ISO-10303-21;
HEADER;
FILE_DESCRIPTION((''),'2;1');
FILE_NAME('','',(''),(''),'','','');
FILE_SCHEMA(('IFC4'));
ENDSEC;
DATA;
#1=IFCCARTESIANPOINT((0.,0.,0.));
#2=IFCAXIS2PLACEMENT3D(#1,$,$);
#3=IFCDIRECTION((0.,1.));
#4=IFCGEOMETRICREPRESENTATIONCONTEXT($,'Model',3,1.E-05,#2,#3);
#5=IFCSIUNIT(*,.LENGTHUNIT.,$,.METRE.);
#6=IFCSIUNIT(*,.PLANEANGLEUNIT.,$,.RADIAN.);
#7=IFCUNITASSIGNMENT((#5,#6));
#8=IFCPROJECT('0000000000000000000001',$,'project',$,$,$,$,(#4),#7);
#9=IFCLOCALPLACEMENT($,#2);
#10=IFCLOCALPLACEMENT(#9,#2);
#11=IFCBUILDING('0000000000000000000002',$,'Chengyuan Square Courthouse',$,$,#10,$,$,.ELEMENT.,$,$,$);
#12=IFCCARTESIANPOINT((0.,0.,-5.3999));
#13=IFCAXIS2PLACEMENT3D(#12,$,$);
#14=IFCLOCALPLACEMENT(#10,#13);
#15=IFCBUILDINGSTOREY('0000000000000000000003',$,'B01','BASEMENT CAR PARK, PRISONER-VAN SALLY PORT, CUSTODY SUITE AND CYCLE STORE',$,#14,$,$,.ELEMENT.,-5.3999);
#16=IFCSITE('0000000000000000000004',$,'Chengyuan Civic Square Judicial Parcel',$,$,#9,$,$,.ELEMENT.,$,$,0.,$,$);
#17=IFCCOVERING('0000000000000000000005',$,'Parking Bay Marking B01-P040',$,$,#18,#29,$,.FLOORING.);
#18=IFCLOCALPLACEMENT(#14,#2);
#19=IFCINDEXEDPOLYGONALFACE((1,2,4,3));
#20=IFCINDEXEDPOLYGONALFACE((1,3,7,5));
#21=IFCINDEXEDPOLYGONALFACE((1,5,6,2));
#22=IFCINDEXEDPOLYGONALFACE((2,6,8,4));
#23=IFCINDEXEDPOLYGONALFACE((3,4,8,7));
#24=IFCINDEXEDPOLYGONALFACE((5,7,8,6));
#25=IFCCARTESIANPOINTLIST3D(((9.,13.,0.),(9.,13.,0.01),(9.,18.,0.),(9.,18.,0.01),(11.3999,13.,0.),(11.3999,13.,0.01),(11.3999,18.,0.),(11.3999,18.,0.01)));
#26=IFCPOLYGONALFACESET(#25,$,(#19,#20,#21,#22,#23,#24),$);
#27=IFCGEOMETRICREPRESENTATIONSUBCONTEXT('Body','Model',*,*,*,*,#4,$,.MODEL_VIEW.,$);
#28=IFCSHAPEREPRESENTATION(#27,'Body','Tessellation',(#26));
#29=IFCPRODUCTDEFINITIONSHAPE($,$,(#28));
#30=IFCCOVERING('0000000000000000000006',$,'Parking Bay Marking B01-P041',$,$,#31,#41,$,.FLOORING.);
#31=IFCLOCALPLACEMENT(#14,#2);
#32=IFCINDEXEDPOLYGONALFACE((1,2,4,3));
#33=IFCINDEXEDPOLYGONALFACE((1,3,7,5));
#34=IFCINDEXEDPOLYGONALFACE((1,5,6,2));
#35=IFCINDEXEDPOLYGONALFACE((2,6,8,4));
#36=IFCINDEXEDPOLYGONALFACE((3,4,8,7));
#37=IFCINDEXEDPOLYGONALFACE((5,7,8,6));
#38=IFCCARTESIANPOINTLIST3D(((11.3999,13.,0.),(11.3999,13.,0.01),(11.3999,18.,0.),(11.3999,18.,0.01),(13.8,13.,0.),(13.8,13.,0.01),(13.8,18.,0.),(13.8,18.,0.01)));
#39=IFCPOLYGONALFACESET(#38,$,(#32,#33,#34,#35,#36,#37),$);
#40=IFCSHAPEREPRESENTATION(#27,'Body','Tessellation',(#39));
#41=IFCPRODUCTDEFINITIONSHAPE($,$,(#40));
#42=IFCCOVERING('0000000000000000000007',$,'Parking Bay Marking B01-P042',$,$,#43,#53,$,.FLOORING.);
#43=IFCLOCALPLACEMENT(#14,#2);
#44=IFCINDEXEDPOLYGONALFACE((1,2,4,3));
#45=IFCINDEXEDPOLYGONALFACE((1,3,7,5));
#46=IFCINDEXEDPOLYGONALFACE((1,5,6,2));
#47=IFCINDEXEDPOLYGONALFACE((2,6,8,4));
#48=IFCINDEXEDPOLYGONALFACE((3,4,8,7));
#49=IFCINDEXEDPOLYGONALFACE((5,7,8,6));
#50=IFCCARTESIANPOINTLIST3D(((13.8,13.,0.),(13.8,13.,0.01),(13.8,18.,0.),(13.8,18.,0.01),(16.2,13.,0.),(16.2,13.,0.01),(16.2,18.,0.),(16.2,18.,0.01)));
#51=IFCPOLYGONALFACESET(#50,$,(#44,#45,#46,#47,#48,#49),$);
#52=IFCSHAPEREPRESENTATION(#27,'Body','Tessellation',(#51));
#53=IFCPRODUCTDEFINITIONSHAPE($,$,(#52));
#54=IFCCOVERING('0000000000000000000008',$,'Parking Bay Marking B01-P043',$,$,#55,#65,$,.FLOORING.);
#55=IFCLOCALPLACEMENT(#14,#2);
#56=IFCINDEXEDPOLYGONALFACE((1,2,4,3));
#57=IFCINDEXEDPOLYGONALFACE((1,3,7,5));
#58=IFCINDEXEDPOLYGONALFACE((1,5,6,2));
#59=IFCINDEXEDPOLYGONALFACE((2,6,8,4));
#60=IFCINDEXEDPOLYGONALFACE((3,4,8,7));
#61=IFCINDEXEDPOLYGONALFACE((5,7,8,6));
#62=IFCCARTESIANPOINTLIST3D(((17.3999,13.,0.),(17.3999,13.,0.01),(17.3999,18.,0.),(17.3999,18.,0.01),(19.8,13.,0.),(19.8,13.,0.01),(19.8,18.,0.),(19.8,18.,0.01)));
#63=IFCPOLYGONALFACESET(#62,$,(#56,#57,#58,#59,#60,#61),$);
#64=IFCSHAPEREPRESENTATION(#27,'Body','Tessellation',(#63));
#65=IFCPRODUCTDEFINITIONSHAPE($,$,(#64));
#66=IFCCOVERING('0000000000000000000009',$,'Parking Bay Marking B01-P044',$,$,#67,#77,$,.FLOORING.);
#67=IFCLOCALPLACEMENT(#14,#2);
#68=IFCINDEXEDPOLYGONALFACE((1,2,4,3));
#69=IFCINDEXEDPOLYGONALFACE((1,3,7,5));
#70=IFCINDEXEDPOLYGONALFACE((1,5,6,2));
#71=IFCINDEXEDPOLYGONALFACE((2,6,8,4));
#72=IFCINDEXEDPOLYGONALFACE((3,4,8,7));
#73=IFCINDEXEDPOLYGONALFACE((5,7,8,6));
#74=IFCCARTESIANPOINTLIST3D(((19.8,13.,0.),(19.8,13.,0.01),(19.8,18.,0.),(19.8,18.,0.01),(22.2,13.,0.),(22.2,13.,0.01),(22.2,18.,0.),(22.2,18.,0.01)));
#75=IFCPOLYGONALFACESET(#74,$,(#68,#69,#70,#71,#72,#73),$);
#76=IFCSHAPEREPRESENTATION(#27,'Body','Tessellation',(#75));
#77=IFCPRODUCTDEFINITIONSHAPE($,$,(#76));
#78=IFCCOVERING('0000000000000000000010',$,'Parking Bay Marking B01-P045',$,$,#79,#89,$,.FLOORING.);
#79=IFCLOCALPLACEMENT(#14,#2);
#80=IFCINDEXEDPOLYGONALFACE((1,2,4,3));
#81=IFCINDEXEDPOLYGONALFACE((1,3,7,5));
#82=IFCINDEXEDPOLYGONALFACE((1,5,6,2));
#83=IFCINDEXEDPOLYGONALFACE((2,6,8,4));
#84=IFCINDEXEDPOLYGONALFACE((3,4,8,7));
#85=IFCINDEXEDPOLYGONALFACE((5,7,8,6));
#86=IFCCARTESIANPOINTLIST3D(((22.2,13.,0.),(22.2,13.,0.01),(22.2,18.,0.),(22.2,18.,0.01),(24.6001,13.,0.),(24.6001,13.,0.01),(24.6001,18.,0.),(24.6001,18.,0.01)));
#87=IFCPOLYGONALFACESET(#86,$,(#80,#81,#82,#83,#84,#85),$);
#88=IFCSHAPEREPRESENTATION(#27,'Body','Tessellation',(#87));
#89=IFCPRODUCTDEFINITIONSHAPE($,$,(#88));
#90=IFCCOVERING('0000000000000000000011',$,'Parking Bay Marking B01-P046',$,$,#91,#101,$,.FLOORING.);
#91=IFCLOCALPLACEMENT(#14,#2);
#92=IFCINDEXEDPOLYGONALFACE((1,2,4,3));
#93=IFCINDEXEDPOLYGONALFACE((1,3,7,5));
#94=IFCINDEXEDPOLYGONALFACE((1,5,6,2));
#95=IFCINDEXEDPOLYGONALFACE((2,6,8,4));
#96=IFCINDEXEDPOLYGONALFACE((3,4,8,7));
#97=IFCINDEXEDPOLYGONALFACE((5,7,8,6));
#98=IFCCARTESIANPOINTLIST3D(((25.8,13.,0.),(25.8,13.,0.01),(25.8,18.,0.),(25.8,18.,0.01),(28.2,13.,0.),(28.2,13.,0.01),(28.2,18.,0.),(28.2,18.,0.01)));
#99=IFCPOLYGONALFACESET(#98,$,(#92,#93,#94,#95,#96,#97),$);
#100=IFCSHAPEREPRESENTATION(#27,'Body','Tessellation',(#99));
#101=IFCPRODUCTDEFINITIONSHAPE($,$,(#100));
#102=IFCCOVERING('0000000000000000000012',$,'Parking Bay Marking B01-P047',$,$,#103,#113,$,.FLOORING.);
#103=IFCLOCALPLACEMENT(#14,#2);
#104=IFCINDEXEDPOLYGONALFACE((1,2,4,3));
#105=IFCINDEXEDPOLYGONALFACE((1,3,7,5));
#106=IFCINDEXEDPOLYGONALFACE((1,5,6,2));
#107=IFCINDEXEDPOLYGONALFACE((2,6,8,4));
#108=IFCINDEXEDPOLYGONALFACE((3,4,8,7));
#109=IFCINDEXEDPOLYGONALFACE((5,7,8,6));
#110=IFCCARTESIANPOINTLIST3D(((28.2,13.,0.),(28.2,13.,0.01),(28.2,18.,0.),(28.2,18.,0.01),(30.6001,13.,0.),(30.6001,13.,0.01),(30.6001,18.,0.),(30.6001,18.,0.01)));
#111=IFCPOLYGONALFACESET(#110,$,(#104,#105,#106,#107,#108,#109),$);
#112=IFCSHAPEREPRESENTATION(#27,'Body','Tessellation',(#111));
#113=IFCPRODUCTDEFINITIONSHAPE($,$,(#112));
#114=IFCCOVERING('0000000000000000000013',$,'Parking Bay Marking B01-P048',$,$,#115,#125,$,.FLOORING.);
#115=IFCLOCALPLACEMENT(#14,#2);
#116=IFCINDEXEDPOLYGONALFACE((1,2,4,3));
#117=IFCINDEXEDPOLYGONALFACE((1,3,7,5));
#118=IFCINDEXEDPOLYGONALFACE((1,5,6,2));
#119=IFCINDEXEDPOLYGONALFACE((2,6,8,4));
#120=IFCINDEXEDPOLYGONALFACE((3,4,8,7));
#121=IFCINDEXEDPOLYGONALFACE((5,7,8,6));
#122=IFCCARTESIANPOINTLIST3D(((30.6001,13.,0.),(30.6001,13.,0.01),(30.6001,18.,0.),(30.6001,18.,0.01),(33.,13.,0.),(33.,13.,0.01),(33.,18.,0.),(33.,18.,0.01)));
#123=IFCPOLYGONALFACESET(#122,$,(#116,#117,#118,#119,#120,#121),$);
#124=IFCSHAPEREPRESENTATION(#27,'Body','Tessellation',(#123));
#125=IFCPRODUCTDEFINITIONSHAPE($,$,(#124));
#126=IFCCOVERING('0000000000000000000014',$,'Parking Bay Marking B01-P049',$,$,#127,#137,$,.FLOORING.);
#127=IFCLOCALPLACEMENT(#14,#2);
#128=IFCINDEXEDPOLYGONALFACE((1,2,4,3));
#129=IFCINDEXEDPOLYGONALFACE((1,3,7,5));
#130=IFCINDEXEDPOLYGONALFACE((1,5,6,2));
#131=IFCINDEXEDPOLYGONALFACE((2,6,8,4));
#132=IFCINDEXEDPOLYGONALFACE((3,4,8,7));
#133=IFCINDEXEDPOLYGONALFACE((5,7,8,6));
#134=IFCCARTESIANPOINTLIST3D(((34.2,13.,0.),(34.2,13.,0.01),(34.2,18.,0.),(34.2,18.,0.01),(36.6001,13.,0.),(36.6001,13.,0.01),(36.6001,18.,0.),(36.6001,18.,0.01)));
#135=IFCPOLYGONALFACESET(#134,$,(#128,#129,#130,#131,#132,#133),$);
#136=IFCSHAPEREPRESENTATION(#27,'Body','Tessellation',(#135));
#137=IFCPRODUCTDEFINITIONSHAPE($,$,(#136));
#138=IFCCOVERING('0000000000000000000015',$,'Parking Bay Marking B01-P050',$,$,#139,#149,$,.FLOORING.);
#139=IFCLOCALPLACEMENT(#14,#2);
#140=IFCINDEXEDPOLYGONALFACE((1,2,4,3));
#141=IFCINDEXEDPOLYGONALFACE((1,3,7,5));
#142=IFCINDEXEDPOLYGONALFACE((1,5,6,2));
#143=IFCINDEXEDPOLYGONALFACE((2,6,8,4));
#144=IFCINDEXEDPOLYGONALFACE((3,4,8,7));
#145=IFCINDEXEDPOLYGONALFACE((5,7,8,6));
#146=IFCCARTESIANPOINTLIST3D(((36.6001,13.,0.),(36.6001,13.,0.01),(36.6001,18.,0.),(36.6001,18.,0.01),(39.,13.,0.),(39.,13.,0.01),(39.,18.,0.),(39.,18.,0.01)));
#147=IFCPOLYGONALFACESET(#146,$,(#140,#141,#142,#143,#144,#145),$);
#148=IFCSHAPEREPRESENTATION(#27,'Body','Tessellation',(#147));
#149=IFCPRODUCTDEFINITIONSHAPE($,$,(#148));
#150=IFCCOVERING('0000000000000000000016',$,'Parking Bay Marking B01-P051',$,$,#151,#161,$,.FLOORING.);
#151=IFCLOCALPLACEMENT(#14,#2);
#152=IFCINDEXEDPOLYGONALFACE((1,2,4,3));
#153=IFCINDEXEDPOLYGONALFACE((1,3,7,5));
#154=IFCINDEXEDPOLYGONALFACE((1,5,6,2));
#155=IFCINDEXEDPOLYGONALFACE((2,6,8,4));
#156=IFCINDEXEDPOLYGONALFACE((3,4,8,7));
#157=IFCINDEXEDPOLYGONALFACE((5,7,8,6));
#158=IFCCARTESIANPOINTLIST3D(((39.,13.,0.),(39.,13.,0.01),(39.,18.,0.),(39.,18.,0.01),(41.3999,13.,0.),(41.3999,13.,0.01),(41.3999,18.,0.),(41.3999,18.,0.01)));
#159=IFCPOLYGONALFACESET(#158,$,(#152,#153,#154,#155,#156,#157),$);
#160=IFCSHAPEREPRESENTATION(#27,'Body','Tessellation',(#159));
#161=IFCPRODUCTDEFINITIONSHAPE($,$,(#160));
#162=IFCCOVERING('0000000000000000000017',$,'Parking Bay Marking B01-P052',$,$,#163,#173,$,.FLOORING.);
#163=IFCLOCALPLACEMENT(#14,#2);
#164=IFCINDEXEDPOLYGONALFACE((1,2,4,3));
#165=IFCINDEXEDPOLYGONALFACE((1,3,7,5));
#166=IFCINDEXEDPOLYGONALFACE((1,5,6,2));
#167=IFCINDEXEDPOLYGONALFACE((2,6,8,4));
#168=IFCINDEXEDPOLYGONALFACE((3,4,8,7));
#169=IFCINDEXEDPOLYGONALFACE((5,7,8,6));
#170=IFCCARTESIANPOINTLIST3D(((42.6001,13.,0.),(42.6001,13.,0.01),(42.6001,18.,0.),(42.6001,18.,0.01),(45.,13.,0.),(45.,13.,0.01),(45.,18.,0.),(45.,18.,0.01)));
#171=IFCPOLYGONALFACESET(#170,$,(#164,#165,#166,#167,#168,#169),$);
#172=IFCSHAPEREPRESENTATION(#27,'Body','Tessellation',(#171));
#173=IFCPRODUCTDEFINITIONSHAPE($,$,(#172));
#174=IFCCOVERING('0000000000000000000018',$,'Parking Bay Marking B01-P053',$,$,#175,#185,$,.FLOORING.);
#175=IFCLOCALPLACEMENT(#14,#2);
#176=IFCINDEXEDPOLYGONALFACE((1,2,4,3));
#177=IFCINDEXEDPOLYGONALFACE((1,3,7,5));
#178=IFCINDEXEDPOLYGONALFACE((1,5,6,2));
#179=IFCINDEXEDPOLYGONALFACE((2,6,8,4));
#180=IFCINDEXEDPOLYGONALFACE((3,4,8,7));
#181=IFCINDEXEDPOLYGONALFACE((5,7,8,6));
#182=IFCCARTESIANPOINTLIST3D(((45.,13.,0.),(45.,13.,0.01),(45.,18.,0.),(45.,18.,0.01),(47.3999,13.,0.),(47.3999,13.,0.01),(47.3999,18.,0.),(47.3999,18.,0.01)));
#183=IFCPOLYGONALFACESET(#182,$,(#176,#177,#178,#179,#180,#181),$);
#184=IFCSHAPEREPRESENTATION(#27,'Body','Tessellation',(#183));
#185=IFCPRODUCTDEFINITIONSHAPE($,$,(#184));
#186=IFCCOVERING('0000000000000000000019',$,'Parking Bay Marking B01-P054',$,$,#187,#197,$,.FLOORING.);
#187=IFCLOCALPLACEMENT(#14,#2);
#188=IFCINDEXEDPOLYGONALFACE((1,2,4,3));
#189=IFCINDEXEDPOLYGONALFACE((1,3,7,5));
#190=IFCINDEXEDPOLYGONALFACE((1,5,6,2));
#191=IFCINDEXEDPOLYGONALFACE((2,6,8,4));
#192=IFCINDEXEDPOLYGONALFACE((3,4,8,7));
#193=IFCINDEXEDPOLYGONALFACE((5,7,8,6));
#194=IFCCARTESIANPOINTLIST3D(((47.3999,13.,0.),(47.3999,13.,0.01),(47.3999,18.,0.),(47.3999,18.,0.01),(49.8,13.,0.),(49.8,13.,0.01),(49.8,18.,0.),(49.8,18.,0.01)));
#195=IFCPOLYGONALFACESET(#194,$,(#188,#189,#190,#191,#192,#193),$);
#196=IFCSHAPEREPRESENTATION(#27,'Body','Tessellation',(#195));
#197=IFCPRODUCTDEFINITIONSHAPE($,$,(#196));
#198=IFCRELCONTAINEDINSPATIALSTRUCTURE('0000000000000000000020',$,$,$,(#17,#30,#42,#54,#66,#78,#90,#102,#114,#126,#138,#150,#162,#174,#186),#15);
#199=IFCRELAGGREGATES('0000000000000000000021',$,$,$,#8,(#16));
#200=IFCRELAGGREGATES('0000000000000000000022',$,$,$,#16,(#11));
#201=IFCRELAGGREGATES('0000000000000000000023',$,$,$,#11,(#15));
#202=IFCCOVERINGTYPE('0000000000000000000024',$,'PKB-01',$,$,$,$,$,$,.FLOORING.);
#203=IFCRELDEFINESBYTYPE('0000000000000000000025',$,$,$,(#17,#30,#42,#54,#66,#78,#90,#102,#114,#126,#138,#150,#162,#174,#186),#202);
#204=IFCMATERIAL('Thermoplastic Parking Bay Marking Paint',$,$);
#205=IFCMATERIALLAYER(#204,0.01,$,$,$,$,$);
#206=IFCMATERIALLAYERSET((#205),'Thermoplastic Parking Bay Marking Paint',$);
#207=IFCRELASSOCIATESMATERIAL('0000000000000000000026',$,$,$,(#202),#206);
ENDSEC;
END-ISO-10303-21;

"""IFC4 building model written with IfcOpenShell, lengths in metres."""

from ifc_helpers import new_model, si_unit, direction, frame, origin, place, context, subcontext, project, spatial, polyline, outline, extrude, material, layer, layer_set, type_object, element, save


model = new_model("IFC4")

# Units and contexts
model_context = context("Model", 3, precision=1e-05, world=origin(), true_north=direction((0.0, 1.0)))
body_context = subcontext(model_context, "Body", "Model", "MODEL_VIEW")
ifc_project = project(units=[si_unit("LENGTHUNIT", "METRE"), si_unit("PLANEANGLEUNIT", "RADIAN")], contexts=[model_context])

# Site, building, storey
site_placement = place(None, origin())
site = spatial("IfcSite", under=ifc_project, at=site_placement, Name="Chengyuan Civic Square Judicial Parcel", CompositionType="ELEMENT", RefElevation=0.0)
building_placement = place(site_placement, origin())
building = spatial("IfcBuilding", under=site, at=building_placement, Name="Chengyuan Square Courthouse", CompositionType="ELEMENT")
storey_placement = place(building_placement, frame((0.0, 0.0, -5.3999)))
storey = spatial("IfcBuildingStorey", under=building, at=storey_placement, Name="B01", Description="BASEMENT CAR PARK, PRISONER-VAN SALLY PORT, CUSTODY SUITE AND CYCLE STORE", CompositionType="ELEMENT", Elevation=-5.3999)

# Coverings
ifc_material = material(Name="Thermoplastic Parking Bay Marking Paint")
ifc_layer = layer(ifc_material, 0.01)
ifc_layer_set = layer_set([ifc_layer], Name="Thermoplastic Parking Bay Marking Paint")
covering_type = type_object("IfcCoveringType", Name="PKB-01", PredefinedType="FLOORING", material=ifc_layer_set)
covering_1_placement = place(storey_placement, origin())
element("IfcCovering", 1, at=covering_1_placement, inside=storey, type_object=covering_type, Name="Parking Bay Marking B01-P040", PredefinedType="FLOORING", context=body_context, shape_type="SweptSolid", body=[
    extrude(outline(polyline([(9.0, 13.0), (11.3999, 13.0), (11.3999, 18.0), (9.0, 18.0), (9.0, 13.0)])), origin(), (0.0, 0.0, 1.0), 0.01),
])
covering_2_placement = place(storey_placement, origin())
element("IfcCovering", 2, at=covering_2_placement, inside=storey, type_object=covering_type, Name="Parking Bay Marking B01-P041", PredefinedType="FLOORING", context=body_context, shape_type="SweptSolid", body=[
    extrude(outline(polyline([(11.3999, 13.0), (13.8, 13.0), (13.8, 18.0), (11.3999, 18.0), (11.3999, 13.0)])), origin(), (0.0, 0.0, 1.0), 0.01),
])
covering_3_placement = place(storey_placement, origin())
element("IfcCovering", 3, at=covering_3_placement, inside=storey, type_object=covering_type, Name="Parking Bay Marking B01-P042", PredefinedType="FLOORING", context=body_context, shape_type="SweptSolid", body=[
    extrude(outline(polyline([(13.8, 13.0), (16.2, 13.0), (16.2, 18.0), (13.8, 18.0), (13.8, 13.0)])), origin(), (0.0, 0.0, 1.0), 0.01),
])
covering_4_placement = place(storey_placement, origin())
element("IfcCovering", 4, at=covering_4_placement, inside=storey, type_object=covering_type, Name="Parking Bay Marking B01-P043", PredefinedType="FLOORING", context=body_context, shape_type="SweptSolid", body=[
    extrude(outline(polyline([(17.3999, 13.0), (19.8, 13.0), (19.8, 18.0), (17.3999, 18.0), (17.3999, 13.0)])), origin(), (0.0, 0.0, 1.0), 0.01),
])
covering_5_placement = place(storey_placement, origin())
element("IfcCovering", 5, at=covering_5_placement, inside=storey, type_object=covering_type, Name="Parking Bay Marking B01-P044", PredefinedType="FLOORING", context=body_context, shape_type="SweptSolid", body=[
    extrude(outline(polyline([(19.8, 13.0), (22.2, 13.0), (22.2, 18.0), (19.8, 18.0), (19.8, 13.0)])), origin(), (0.0, 0.0, 1.0), 0.01),
])
covering_6_placement = place(storey_placement, origin())
element("IfcCovering", 6, at=covering_6_placement, inside=storey, type_object=covering_type, Name="Parking Bay Marking B01-P045", PredefinedType="FLOORING", context=body_context, shape_type="SweptSolid", body=[
    extrude(outline(polyline([(22.2, 13.0), (24.6001, 13.0), (24.6001, 18.0), (22.2, 18.0), (22.2, 13.0)])), origin(), (0.0, 0.0, 1.0), 0.01),
])
covering_7_placement = place(storey_placement, origin())
element("IfcCovering", 7, at=covering_7_placement, inside=storey, type_object=covering_type, Name="Parking Bay Marking B01-P046", PredefinedType="FLOORING", context=body_context, shape_type="SweptSolid", body=[
    extrude(outline(polyline([(25.8, 13.0), (28.2, 13.0), (28.2, 18.0), (25.8, 18.0), (25.8, 13.0)])), origin(), (0.0, 0.0, 1.0), 0.01),
])
covering_8_placement = place(storey_placement, origin())
element("IfcCovering", 8, at=covering_8_placement, inside=storey, type_object=covering_type, Name="Parking Bay Marking B01-P047", PredefinedType="FLOORING", context=body_context, shape_type="SweptSolid", body=[
    extrude(outline(polyline([(28.2, 13.0), (30.6001, 13.0), (30.6001, 18.0), (28.2, 18.0), (28.2, 13.0)])), origin(), (0.0, 0.0, 1.0), 0.01),
])
covering_9_placement = place(storey_placement, origin())
element("IfcCovering", 9, at=covering_9_placement, inside=storey, type_object=covering_type, Name="Parking Bay Marking B01-P048", PredefinedType="FLOORING", context=body_context, shape_type="SweptSolid", body=[
    extrude(outline(polyline([(30.6001, 13.0), (33.0, 13.0), (33.0, 18.0), (30.6001, 18.0), (30.6001, 13.0)])), origin(), (0.0, 0.0, 1.0), 0.01),
])
covering_10_placement = place(storey_placement, origin())
element("IfcCovering", 10, at=covering_10_placement, inside=storey, type_object=covering_type, Name="Parking Bay Marking B01-P049", PredefinedType="FLOORING", context=body_context, shape_type="SweptSolid", body=[
    extrude(outline(polyline([(34.2, 13.0), (36.6001, 13.0), (36.6001, 18.0), (34.2, 18.0), (34.2, 13.0)])), origin(), (0.0, 0.0, 1.0), 0.01),
])
covering_11_placement = place(storey_placement, origin())
element("IfcCovering", 11, at=covering_11_placement, inside=storey, type_object=covering_type, Name="Parking Bay Marking B01-P050", PredefinedType="FLOORING", context=body_context, shape_type="SweptSolid", body=[
    extrude(outline(polyline([(36.6001, 13.0), (39.0, 13.0), (39.0, 18.0), (36.6001, 18.0), (36.6001, 13.0)])), origin(), (0.0, 0.0, 1.0), 0.01),
])
covering_12_placement = place(storey_placement, origin())
element("IfcCovering", 12, at=covering_12_placement, inside=storey, type_object=covering_type, Name="Parking Bay Marking B01-P051", PredefinedType="FLOORING", context=body_context, shape_type="SweptSolid", body=[
    extrude(outline(polyline([(39.0, 13.0), (41.3999, 13.0), (41.3999, 18.0), (39.0, 18.0), (39.0, 13.0)])), origin(), (0.0, 0.0, 1.0), 0.01),
])
covering_13_placement = place(storey_placement, origin())
element("IfcCovering", 13, at=covering_13_placement, inside=storey, type_object=covering_type, Name="Parking Bay Marking B01-P052", PredefinedType="FLOORING", context=body_context, shape_type="SweptSolid", body=[
    extrude(outline(polyline([(42.6001, 13.0), (45.0, 13.0), (45.0, 18.0), (42.6001, 18.0), (42.6001, 13.0)])), origin(), (0.0, 0.0, 1.0), 0.01),
])
covering_14_placement = place(storey_placement, origin())
element("IfcCovering", 14, at=covering_14_placement, inside=storey, type_object=covering_type, Name="Parking Bay Marking B01-P053", PredefinedType="FLOORING", context=body_context, shape_type="SweptSolid", body=[
    extrude(outline(polyline([(45.0, 13.0), (47.3999, 13.0), (47.3999, 18.0), (45.0, 18.0), (45.0, 13.0)])), origin(), (0.0, 0.0, 1.0), 0.01),
])
covering_15_placement = place(storey_placement, origin())
element("IfcCovering", 15, at=covering_15_placement, inside=storey, type_object=covering_type, Name="Parking Bay Marking B01-P054", PredefinedType="FLOORING", context=body_context, shape_type="SweptSolid", body=[
    extrude(outline(polyline([(47.3999, 13.0), (49.8, 13.0), (49.8, 18.0), (47.3999, 18.0), (47.3999, 13.0)])), origin(), (0.0, 0.0, 1.0), 0.01),
])

save(model, "model.ifc")
